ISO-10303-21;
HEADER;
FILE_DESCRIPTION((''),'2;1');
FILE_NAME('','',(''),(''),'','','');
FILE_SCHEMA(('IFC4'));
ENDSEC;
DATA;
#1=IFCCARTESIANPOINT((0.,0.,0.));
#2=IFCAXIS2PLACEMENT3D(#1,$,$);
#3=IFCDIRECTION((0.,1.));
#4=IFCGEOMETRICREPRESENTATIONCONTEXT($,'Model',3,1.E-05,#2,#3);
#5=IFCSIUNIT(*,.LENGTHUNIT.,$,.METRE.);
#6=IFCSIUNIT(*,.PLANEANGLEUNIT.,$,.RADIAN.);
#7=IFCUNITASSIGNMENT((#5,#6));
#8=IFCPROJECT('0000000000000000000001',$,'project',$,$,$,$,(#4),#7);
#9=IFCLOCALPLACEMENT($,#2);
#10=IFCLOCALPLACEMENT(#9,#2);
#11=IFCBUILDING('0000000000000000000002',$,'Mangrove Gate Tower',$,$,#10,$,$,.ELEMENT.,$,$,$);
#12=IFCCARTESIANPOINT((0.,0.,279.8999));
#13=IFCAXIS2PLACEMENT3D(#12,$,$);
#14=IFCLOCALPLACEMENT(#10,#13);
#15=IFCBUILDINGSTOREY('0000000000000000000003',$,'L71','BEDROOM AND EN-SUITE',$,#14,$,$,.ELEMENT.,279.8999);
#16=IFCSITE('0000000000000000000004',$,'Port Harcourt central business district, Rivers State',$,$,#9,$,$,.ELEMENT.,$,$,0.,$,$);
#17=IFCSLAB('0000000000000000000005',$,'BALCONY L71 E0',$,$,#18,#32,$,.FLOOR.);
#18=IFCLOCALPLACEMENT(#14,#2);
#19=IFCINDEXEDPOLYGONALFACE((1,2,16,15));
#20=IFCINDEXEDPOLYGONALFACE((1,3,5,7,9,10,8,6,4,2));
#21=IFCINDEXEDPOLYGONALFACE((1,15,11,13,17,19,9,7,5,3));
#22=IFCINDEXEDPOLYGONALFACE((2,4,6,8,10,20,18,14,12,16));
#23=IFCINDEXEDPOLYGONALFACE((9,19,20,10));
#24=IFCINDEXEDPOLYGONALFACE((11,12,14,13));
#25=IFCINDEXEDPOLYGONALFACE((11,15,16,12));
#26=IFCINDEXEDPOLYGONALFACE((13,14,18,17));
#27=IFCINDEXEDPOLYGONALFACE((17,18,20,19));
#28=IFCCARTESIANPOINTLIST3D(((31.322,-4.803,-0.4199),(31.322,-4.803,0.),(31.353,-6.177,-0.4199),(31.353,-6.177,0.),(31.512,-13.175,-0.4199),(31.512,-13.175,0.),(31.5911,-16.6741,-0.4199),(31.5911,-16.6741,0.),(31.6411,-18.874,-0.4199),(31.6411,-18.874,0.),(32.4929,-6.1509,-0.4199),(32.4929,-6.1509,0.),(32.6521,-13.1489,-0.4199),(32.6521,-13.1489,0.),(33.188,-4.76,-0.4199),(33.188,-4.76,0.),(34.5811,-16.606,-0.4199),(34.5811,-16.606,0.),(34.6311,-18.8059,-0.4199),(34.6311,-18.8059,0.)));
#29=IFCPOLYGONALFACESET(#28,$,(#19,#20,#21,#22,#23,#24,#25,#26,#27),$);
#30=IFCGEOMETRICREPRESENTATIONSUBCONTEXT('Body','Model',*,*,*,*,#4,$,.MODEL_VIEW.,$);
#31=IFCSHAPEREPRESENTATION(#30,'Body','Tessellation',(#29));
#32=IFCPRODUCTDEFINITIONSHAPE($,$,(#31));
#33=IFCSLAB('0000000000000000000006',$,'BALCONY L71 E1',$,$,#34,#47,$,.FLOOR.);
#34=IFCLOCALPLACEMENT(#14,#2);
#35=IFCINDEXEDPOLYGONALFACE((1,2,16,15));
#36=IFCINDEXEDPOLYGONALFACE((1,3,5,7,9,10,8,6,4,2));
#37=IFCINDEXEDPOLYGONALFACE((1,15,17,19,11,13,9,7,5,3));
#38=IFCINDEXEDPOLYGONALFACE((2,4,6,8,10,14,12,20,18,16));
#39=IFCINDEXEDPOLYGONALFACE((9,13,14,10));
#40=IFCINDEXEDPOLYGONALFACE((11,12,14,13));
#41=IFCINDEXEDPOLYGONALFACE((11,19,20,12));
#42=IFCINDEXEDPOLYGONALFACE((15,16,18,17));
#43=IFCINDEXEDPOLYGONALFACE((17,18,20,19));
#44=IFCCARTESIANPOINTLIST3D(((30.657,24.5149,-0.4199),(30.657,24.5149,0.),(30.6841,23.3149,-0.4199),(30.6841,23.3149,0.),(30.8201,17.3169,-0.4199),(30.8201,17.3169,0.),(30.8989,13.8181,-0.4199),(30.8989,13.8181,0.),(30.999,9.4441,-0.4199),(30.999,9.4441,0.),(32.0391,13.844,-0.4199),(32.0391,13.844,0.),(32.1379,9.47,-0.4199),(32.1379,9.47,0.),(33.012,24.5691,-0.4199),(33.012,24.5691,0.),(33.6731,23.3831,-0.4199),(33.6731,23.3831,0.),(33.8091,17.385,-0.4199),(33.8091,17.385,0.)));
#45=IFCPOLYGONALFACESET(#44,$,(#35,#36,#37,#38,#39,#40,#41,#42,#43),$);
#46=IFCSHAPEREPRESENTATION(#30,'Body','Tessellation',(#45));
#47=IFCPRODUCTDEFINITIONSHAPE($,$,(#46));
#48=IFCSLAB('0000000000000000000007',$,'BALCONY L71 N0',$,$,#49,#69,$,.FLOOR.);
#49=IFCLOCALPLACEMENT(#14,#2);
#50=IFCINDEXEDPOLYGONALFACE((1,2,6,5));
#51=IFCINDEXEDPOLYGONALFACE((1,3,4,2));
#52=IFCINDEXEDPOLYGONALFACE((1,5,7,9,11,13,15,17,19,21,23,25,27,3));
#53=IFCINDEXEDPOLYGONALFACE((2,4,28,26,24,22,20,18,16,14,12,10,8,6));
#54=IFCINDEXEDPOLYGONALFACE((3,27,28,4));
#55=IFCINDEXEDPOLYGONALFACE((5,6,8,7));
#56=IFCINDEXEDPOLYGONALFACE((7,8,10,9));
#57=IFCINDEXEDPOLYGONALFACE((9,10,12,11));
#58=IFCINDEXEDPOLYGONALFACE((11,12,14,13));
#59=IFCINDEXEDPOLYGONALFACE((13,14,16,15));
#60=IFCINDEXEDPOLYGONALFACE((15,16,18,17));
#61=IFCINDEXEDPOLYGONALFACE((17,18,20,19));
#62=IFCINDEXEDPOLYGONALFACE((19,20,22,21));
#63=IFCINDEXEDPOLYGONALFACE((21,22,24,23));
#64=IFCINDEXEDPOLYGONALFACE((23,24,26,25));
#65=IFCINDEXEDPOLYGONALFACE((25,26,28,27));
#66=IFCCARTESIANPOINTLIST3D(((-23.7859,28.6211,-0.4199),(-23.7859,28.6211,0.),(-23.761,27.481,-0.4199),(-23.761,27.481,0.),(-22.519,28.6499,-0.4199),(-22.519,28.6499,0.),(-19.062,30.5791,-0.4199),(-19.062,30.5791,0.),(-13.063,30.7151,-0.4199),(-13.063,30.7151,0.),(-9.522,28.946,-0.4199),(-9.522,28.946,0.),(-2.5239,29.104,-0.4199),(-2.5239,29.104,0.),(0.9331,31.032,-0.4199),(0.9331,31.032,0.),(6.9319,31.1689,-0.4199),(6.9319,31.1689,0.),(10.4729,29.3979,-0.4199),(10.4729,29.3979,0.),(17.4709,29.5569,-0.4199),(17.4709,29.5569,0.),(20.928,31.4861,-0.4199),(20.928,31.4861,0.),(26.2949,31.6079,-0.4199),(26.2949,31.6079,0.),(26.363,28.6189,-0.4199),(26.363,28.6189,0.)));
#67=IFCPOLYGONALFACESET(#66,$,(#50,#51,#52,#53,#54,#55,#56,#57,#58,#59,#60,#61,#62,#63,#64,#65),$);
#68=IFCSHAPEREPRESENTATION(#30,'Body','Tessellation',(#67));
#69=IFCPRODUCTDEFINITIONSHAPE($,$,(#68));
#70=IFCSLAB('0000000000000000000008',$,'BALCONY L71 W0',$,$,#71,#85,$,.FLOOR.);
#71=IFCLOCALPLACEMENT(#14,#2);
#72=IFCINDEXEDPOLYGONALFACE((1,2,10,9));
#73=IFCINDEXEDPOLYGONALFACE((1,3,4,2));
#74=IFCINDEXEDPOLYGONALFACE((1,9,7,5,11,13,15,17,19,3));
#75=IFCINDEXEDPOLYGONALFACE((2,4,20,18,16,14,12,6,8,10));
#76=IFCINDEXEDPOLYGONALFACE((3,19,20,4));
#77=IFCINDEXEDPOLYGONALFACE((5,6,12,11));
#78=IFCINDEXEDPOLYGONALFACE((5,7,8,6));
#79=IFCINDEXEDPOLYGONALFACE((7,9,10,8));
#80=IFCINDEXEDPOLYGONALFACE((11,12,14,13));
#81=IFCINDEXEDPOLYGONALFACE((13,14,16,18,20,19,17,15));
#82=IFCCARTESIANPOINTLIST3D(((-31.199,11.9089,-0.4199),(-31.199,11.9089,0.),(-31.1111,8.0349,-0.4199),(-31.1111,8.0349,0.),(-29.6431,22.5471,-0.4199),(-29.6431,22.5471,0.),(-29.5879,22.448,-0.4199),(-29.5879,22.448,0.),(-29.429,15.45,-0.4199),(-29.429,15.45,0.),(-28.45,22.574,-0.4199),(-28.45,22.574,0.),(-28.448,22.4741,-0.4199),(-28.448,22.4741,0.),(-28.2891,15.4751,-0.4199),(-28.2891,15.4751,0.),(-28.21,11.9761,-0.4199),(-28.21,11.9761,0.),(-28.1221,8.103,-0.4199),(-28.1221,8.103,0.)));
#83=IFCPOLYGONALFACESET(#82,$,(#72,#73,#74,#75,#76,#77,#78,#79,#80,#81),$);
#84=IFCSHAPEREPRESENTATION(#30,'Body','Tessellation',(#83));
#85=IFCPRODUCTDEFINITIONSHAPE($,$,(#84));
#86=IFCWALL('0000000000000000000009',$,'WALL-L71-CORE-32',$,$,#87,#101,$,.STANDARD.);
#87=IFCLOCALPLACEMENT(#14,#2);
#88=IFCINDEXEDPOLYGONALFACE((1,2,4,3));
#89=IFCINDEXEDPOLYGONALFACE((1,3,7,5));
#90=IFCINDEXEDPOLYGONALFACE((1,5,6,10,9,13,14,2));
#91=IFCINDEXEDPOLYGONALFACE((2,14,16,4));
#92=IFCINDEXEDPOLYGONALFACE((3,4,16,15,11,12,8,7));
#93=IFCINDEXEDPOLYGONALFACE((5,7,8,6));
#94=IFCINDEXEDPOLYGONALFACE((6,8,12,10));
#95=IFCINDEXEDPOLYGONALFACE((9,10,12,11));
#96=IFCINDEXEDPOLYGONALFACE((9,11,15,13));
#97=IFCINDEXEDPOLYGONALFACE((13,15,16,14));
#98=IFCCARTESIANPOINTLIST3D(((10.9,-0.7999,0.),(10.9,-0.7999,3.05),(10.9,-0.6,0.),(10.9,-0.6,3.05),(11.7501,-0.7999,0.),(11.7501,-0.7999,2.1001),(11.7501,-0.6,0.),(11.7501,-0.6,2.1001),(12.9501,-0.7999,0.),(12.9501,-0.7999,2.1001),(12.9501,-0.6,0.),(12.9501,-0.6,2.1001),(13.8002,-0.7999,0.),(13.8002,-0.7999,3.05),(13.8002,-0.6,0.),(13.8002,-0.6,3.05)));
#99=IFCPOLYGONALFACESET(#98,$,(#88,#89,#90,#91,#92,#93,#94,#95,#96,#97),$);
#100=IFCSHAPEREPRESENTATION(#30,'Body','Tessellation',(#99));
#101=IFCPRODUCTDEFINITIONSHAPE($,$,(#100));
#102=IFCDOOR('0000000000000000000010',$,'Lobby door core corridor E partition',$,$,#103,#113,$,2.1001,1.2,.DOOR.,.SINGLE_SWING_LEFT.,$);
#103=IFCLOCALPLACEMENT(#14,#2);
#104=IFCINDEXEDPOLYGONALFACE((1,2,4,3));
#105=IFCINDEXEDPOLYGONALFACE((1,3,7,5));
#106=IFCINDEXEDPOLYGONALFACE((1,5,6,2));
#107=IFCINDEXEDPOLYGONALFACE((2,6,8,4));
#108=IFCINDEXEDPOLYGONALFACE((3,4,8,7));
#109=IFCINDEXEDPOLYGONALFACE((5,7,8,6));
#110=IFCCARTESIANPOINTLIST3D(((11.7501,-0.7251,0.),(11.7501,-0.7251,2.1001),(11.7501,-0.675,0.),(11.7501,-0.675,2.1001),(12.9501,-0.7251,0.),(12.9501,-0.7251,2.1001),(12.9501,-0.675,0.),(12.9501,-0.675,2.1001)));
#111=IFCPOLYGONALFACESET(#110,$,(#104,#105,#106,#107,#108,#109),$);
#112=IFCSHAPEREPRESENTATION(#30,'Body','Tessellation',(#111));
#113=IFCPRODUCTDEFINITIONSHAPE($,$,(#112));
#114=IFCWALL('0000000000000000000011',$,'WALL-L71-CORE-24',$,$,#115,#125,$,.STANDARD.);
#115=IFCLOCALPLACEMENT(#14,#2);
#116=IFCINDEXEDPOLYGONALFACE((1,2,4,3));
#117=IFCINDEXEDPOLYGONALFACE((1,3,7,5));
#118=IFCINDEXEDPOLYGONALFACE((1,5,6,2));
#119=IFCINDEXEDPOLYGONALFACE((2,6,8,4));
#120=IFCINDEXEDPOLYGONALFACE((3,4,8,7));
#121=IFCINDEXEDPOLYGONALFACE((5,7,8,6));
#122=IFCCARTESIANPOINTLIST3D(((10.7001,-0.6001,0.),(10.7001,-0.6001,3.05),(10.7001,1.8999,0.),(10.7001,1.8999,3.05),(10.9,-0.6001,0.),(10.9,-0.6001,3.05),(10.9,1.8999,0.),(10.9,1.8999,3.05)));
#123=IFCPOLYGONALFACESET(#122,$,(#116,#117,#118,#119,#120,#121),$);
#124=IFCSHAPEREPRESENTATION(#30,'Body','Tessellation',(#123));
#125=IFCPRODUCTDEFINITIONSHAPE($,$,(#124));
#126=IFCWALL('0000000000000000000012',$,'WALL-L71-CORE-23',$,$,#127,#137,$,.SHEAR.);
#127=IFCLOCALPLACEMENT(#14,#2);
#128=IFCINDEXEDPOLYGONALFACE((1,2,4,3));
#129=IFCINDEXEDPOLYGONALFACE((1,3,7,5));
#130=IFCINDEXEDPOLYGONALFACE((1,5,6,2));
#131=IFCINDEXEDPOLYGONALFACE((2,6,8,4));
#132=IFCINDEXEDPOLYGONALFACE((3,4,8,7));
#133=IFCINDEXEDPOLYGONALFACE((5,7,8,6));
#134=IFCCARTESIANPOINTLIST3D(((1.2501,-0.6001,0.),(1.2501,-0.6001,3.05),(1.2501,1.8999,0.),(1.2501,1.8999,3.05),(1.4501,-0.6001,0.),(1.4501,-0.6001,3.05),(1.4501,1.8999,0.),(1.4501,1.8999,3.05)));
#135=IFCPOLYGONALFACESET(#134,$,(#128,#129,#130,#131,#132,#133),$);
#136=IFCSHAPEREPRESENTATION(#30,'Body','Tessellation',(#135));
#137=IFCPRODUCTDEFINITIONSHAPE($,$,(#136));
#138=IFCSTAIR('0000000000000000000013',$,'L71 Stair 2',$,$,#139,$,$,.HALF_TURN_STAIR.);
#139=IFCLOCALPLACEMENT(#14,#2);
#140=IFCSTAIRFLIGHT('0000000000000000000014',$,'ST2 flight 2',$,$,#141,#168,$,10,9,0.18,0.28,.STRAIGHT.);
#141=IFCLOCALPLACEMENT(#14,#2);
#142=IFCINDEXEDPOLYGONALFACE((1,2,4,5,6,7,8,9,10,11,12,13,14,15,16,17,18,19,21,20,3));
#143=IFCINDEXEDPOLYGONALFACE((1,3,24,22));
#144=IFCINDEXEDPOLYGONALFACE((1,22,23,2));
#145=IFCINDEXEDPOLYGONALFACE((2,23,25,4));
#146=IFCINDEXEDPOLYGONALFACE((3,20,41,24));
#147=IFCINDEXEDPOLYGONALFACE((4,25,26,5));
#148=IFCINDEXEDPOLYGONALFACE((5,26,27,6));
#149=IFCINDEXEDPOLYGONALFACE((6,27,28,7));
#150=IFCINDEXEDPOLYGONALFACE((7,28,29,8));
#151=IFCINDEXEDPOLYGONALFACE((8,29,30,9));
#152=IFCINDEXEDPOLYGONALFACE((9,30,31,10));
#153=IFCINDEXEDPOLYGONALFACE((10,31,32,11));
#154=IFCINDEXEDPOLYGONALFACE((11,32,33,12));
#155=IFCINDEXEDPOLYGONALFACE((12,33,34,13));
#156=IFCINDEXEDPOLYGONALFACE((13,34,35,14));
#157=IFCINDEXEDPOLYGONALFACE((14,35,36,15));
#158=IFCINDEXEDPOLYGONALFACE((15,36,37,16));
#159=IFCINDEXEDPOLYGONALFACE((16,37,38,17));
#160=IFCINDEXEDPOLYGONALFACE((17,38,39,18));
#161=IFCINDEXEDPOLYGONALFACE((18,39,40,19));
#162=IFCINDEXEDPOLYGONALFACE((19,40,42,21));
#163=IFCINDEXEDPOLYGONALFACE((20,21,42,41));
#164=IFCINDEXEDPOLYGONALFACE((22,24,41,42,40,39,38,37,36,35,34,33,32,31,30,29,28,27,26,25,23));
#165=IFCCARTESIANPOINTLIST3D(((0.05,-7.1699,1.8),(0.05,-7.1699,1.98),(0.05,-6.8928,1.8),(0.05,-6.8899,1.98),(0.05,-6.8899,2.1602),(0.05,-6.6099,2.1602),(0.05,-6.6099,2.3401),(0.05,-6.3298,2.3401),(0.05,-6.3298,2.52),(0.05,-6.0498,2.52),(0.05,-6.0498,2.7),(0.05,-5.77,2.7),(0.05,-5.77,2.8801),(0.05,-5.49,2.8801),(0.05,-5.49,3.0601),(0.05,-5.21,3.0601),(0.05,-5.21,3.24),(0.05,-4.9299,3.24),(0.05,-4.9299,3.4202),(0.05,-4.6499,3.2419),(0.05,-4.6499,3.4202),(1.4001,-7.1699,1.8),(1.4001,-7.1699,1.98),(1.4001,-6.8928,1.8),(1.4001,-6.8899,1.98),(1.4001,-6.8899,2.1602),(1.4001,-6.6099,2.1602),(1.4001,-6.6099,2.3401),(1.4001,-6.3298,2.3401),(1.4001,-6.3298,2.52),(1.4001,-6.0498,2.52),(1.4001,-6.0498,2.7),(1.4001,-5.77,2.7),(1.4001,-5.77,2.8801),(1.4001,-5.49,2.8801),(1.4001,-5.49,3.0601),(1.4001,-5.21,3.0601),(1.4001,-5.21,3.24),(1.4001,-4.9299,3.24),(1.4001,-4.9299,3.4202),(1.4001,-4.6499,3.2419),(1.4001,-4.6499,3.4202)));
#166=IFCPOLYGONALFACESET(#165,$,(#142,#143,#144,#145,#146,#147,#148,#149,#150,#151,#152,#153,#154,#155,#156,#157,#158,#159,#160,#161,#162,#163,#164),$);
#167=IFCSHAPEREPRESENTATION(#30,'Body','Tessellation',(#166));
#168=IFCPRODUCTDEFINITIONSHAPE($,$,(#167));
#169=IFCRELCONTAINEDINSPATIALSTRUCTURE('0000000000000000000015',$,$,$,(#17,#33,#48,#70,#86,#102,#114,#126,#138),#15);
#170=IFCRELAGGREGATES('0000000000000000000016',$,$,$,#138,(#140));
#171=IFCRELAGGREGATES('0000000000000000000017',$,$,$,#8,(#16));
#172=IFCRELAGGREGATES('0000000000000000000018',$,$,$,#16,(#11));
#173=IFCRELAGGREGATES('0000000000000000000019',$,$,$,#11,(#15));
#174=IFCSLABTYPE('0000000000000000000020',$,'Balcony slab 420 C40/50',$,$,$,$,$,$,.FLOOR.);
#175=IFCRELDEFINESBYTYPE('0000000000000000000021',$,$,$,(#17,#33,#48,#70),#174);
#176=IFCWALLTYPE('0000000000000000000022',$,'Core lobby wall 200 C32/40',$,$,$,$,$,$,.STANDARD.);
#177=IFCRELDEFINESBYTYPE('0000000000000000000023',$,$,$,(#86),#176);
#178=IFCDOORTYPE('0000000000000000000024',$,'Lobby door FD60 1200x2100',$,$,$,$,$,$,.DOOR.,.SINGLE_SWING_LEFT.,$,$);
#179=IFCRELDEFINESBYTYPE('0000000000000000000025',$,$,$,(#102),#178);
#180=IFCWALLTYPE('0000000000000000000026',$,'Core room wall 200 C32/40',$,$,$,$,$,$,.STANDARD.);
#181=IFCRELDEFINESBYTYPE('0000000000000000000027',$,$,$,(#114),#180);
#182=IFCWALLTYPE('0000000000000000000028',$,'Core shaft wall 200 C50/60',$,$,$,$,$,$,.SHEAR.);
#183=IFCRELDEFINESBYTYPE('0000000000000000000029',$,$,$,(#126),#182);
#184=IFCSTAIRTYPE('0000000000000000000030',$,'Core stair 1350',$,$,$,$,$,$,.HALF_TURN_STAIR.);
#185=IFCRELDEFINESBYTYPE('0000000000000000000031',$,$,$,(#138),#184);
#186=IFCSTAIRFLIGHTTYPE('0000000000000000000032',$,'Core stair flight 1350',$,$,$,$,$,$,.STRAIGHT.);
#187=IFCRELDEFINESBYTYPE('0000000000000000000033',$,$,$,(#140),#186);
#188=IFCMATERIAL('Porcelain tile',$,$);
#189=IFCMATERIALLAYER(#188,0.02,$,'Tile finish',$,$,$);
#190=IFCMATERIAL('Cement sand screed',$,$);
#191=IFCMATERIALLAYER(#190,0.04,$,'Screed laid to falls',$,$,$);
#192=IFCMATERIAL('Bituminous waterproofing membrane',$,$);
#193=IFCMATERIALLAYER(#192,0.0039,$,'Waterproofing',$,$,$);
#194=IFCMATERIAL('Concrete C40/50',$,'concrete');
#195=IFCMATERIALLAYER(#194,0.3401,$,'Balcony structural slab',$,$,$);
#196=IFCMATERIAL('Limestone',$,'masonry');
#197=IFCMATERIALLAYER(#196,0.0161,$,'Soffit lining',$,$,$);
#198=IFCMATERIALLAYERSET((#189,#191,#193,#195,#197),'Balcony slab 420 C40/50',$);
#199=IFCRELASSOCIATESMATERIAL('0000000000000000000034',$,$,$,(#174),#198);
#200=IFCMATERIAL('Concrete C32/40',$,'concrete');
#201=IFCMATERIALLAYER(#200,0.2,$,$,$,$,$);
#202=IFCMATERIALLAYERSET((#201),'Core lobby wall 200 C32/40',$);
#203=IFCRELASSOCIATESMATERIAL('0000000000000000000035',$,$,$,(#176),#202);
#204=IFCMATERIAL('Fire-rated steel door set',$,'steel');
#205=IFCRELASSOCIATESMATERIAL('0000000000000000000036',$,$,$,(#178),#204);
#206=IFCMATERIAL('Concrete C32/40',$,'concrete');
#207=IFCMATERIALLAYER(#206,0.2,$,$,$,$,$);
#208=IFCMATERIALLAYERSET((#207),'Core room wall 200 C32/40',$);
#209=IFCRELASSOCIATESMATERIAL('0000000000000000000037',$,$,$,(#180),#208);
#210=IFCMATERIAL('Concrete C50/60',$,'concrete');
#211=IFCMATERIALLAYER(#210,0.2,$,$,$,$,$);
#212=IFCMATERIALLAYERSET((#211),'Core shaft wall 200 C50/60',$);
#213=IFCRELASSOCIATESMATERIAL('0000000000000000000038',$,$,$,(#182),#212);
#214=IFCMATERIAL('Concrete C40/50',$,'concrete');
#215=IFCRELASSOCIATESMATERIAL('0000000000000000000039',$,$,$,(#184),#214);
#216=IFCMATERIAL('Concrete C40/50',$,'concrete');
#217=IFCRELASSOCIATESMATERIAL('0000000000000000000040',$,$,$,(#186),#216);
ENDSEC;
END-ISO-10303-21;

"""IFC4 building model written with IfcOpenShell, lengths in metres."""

from ifc_helpers import new_model, si_unit, direction, frame, frame_2d, origin, place, context, subcontext, project, spatial, polyline, rectangle, outline, extrude, material, layer, layer_set, type_object, element, fill, aggregate, save


model = new_model("IFC4")

# Units and contexts
model_context = context("Model", 3, precision=1e-05, world=origin(), true_north=direction((0.0, 1.0)))
body_context = subcontext(model_context, "Body", "Model", "MODEL_VIEW")
ifc_project = project(units=[si_unit("LENGTHUNIT", "METRE"), si_unit("PLANEANGLEUNIT", "RADIAN")], contexts=[model_context])

# Site, building, storey
site_placement = place(None, origin())
site = spatial("IfcSite", under=ifc_project, at=site_placement, Name="Port Harcourt central business district, Rivers State", CompositionType="ELEMENT", RefElevation=0.0)
building_placement = place(site_placement, origin())
building = spatial("IfcBuilding", under=site, at=building_placement, Name="Mangrove Gate Tower", CompositionType="ELEMENT")
storey_placement = place(building_placement, frame((0.0, 0.0, 279.8999)))
storey = spatial("IfcBuildingStorey", under=building, at=storey_placement, Name="L71", Description="BEDROOM AND EN-SUITE", CompositionType="ELEMENT", Elevation=279.8999)

# Slabs
ifc_material_1 = material(Name="Porcelain tile")
ifc_layer_1 = layer(ifc_material_1, 0.02, Name="Tile finish")
ifc_material_2 = material(Name="Cement sand screed")
ifc_layer_2 = layer(ifc_material_2, 0.04, Name="Screed laid to falls")
ifc_material_3 = material(Name="Bituminous waterproofing membrane")
ifc_layer_3 = layer(ifc_material_3, 0.0039, Name="Waterproofing")
ifc_material_4 = material(Name="Concrete C40/50", Category="concrete")
ifc_layer_4 = layer(ifc_material_4, 0.3401, Name="Balcony structural slab")
ifc_material_5 = material(Name="Limestone", Category="masonry")
ifc_layer_5 = layer(ifc_material_5, 0.0161, Name="Soffit lining")
ifc_layer_set_1 = layer_set([ifc_layer_1, ifc_layer_2, ifc_layer_3, ifc_layer_4, ifc_layer_5], Name="Balcony slab 420 C40/50")
slab_type = type_object("IfcSlabType", Name="Balcony slab 420 C40/50", PredefinedType="FLOOR", material=ifc_layer_set_1)
slab_1_placement = place(storey_placement, frame((0.0, 0.0, -0.4199)))
element("IfcSlab", 1, at=slab_1_placement, inside=storey, type_object=slab_type, Name="BALCONY L71 E0", PredefinedType="FLOOR", context=body_context, shape_type="SweptSolid", body=[
    extrude(outline(polyline([(34.6311, -18.8059), (34.5811, -16.606), (32.6521, -13.1489), (32.4929, -6.1509), (33.188, -4.76), (31.322, -4.803), (31.353, -6.177), (31.512, -13.175), (31.5911, -16.6741), (31.6411, -18.874), (34.6311, -18.8059)])), origin(), (0.0, 0.0, 1.0), 0.4199),
])
slab_2_placement = place(storey_placement, frame((0.0, 0.0, -0.4199)))
element("IfcSlab", 2, at=slab_2_placement, inside=storey, type_object=slab_type, Name="BALCONY L71 E1", PredefinedType="FLOOR", context=body_context, shape_type="SweptSolid", body=[
    extrude(outline(polyline([(32.1379, 9.47), (32.0391, 13.844), (33.8091, 17.385), (33.6731, 23.3831), (33.012, 24.5691), (30.657, 24.5149), (30.6841, 23.3149), (30.8201, 17.3169), (30.8989, 13.8181), (30.999, 9.4441), (32.1379, 9.47)])), origin(), (0.0, 0.0, 1.0), 0.4199),
])
slab_3_placement = place(storey_placement, frame((0.0, 0.0, -0.4199)))
element("IfcSlab", 3, at=slab_3_placement, inside=storey, type_object=slab_type, Name="BALCONY L71 N0", PredefinedType="FLOOR", context=body_context, shape_type="SweptSolid", body=[
    extrude(outline(polyline([(26.2949, 31.6079), (20.928, 31.4861), (17.4709, 29.5569), (10.4729, 29.3979), (6.9319, 31.1689), (0.9331, 31.032), (-2.5239, 29.104), (-9.522, 28.946), (-13.063, 30.7151), (-19.062, 30.5791), (-22.519, 28.6499), (-23.7859, 28.6211), (-23.761, 27.481), (26.363, 28.6189), (26.2949, 31.6079)])), origin(), (0.0, 0.0, 1.0), 0.4199),
])
slab_4_placement = place(storey_placement, frame((0.0, 0.0, -0.4199)))
element("IfcSlab", 4, at=slab_4_placement, inside=storey, type_object=slab_type, Name="BALCONY L71 W0", PredefinedType="FLOOR", context=body_context, shape_type="SweptSolid", body=[
    extrude(outline(polyline([(-29.6431, 22.5471), (-29.5879, 22.448), (-29.429, 15.45), (-31.199, 11.9089), (-31.1111, 8.0349), (-28.1221, 8.103), (-28.21, 11.9761), (-28.2891, 15.4751), (-28.448, 22.4741), (-28.45, 22.574), (-29.6431, 22.5471)])), origin(), (0.0, 0.0, 1.0), 0.4199),
])

# Wall, opening, door
ifc_material_6 = material(Name="Concrete C32/40", Category="concrete")
ifc_layer_6 = layer(ifc_material_6, 0.2)
ifc_layer_set_2 = layer_set([ifc_layer_6], Name="Core lobby wall 200 C32/40")
wall_type_1 = type_object("IfcWallType", Name="Core lobby wall 200 C32/40", PredefinedType="STANDARD", material=ifc_layer_set_2)
wall_1_placement = place(storey_placement, frame((10.8999, -0.7, 0.0), z_axis=(0.0, 0.0, 1.0), x_axis=(1.0, 0.0, 0.0)))
wall_1 = element("IfcWall", 5, at=wall_1_placement, inside=storey, type_object=wall_type_1, Name="WALL-L71-CORE-32", PredefinedType="STANDARD", context=body_context, shape_type="SweptSolid", body=[
    extrude(rectangle(XDim=2.9001, YDim=0.2, at=frame_2d((1.4502, 0.0))), origin(), (0.0, 0.0, 1.0), 3.05),
])
opening_placement = place(wall_1_placement, frame((0.8501, 0.0, 0.0)))
opening = element("IfcOpeningElement", 6, at=opening_placement, cuts=wall_1, PredefinedType="OPENING", context=body_context, shape_type="SweptSolid", body=[
    extrude(rectangle(XDim=1.2, YDim=2.1001, at=frame_2d((0.6001, 1.05))), frame((0.0, 0.1099, 0.0), z_axis=(0.0, -1.0, 0.0), x_axis=(1.0, 0.0, 0.0)), (0.0, 0.0, 1.0), 0.22),
])
ifc_material_7 = material(Name="Fire-rated steel door set", Category="steel")
door_type = type_object("IfcDoorType", Name="Lobby door FD60 1200x2100", OperationType="SINGLE_SWING_LEFT", PredefinedType="DOOR", material=ifc_material_7)
door_placement = place(opening_placement, origin())
door = element("IfcDoor", 7, at=door_placement, inside=storey, type_object=door_type, Name="Lobby door core corridor E partition", OperationType="SINGLE_SWING_LEFT", OverallHeight=2.1001, OverallWidth=1.2, PredefinedType="DOOR", context=body_context, shape_type="SweptSolid", body=[
    extrude(rectangle(XDim=1.2, YDim=2.1001, at=frame_2d((0.6001, 1.05))), frame((0.0, 0.0249, 0.0), z_axis=(0.0, -1.0, 0.0), x_axis=(1.0, 0.0, 0.0)), (0.0, 0.0, 1.0), 0.05),
])
fill(opening, door)

# Walls
ifc_material_8 = material(Name="Concrete C32/40", Category="concrete")
ifc_layer_7 = layer(ifc_material_8, 0.2)
ifc_layer_set_3 = layer_set([ifc_layer_7], Name="Core room wall 200 C32/40")
wall_type_2 = type_object("IfcWallType", Name="Core room wall 200 C32/40", PredefinedType="STANDARD", material=ifc_layer_set_3)
wall_2_placement = place(storey_placement, frame((10.8, -0.6001, 0.0), z_axis=(0.0, 0.0, 1.0), x_axis=(0.0, 1.0, 0.0)))
element("IfcWall", 8, at=wall_2_placement, inside=storey, type_object=wall_type_2, Name="WALL-L71-CORE-24", PredefinedType="STANDARD", context=body_context, shape_type="SweptSolid", body=[
    extrude(rectangle(XDim=2.5, YDim=0.2, at=frame_2d((1.25, 0.0))), origin(), (0.0, 0.0, 1.0), 3.05),
])
ifc_material_9 = material(Name="Concrete C50/60", Category="concrete")
ifc_layer_8 = layer(ifc_material_9, 0.2)
ifc_layer_set_4 = layer_set([ifc_layer_8], Name="Core shaft wall 200 C50/60")
wall_type_3 = type_object("IfcWallType", Name="Core shaft wall 200 C50/60", PredefinedType="SHEAR", material=ifc_layer_set_4)
wall_3_placement = place(storey_placement, frame((1.3501, -0.6001, 0.0), z_axis=(0.0, 0.0, 1.0), x_axis=(0.0, 1.0, 0.0)))
element("IfcWall", 9, at=wall_3_placement, inside=storey, type_object=wall_type_3, Name="WALL-L71-CORE-23", PredefinedType="SHEAR", context=body_context, shape_type="SweptSolid", body=[
    extrude(rectangle(XDim=2.5, YDim=0.2, at=frame_2d((1.25, 0.0))), origin(), (0.0, 0.0, 1.0), 3.05),
])

# Stair, stair flight
ifc_material_10 = material(Name="Concrete C40/50", Category="concrete")
stair_type = type_object("IfcStairType", Name="Core stair 1350", PredefinedType="HALF_TURN_STAIR", material=ifc_material_10)
stair_1_placement = place(storey_placement, origin())
stair_1 = element("IfcStair", 10, at=stair_1_placement, inside=storey, type_object=stair_type, Name="L71 Stair 2", PredefinedType="HALF_TURN_STAIR")
ifc_material_11 = material(Name="Concrete C40/50", Category="concrete")
stair_flight_type = type_object("IfcStairFlightType", Name="Core stair flight 1350", PredefinedType="STRAIGHT", material=ifc_material_11)
stair_flight_1_placement = place(storey_placement, frame((0.7251, -7.1699, 1.8), z_axis=(0.0, 0.0, 1.0), x_axis=(0.0, 1.0, 0.0)))
stair_flight_1 = element("IfcStairFlight", 11, at=stair_flight_1_placement, type_object=stair_flight_type, Name="ST2 flight 2", NumberOfRisers=10, NumberOfTreads=9, PredefinedType="STRAIGHT", RiserHeight=0.18, TreadLength=0.28, context=body_context, shape_type="SweptSolid", body=[
    extrude(outline(polyline([(0.0, 0.0), (0.0, 0.1799), (0.28, 0.1799), (0.28, 0.3601), (0.5601, 0.3601), (0.5601, 0.54), (0.8401, 0.54), (0.8401, 0.72), (1.1201, 0.72), (1.1201, 0.8999), (1.3999, 0.8999), (1.3999, 1.0801), (1.6799, 1.0801), (1.6799, 1.26), (1.96, 1.26), (1.96, 1.4399), (2.24, 1.4399), (2.24, 1.6201), (2.52, 1.6201), (2.52, 1.8), (2.52, 1.4419), (0.2771, 0.0), (0.0, 0.0)])), frame((0.0, 0.675, 0.0), z_axis=(0.0, -1.0, 0.0), x_axis=(1.0, 0.0, 0.0)), (0.0, 0.0, 1.0), 1.3501),
])
aggregate(stair_1, [stair_flight_1])

save(model, "model.ifc")
